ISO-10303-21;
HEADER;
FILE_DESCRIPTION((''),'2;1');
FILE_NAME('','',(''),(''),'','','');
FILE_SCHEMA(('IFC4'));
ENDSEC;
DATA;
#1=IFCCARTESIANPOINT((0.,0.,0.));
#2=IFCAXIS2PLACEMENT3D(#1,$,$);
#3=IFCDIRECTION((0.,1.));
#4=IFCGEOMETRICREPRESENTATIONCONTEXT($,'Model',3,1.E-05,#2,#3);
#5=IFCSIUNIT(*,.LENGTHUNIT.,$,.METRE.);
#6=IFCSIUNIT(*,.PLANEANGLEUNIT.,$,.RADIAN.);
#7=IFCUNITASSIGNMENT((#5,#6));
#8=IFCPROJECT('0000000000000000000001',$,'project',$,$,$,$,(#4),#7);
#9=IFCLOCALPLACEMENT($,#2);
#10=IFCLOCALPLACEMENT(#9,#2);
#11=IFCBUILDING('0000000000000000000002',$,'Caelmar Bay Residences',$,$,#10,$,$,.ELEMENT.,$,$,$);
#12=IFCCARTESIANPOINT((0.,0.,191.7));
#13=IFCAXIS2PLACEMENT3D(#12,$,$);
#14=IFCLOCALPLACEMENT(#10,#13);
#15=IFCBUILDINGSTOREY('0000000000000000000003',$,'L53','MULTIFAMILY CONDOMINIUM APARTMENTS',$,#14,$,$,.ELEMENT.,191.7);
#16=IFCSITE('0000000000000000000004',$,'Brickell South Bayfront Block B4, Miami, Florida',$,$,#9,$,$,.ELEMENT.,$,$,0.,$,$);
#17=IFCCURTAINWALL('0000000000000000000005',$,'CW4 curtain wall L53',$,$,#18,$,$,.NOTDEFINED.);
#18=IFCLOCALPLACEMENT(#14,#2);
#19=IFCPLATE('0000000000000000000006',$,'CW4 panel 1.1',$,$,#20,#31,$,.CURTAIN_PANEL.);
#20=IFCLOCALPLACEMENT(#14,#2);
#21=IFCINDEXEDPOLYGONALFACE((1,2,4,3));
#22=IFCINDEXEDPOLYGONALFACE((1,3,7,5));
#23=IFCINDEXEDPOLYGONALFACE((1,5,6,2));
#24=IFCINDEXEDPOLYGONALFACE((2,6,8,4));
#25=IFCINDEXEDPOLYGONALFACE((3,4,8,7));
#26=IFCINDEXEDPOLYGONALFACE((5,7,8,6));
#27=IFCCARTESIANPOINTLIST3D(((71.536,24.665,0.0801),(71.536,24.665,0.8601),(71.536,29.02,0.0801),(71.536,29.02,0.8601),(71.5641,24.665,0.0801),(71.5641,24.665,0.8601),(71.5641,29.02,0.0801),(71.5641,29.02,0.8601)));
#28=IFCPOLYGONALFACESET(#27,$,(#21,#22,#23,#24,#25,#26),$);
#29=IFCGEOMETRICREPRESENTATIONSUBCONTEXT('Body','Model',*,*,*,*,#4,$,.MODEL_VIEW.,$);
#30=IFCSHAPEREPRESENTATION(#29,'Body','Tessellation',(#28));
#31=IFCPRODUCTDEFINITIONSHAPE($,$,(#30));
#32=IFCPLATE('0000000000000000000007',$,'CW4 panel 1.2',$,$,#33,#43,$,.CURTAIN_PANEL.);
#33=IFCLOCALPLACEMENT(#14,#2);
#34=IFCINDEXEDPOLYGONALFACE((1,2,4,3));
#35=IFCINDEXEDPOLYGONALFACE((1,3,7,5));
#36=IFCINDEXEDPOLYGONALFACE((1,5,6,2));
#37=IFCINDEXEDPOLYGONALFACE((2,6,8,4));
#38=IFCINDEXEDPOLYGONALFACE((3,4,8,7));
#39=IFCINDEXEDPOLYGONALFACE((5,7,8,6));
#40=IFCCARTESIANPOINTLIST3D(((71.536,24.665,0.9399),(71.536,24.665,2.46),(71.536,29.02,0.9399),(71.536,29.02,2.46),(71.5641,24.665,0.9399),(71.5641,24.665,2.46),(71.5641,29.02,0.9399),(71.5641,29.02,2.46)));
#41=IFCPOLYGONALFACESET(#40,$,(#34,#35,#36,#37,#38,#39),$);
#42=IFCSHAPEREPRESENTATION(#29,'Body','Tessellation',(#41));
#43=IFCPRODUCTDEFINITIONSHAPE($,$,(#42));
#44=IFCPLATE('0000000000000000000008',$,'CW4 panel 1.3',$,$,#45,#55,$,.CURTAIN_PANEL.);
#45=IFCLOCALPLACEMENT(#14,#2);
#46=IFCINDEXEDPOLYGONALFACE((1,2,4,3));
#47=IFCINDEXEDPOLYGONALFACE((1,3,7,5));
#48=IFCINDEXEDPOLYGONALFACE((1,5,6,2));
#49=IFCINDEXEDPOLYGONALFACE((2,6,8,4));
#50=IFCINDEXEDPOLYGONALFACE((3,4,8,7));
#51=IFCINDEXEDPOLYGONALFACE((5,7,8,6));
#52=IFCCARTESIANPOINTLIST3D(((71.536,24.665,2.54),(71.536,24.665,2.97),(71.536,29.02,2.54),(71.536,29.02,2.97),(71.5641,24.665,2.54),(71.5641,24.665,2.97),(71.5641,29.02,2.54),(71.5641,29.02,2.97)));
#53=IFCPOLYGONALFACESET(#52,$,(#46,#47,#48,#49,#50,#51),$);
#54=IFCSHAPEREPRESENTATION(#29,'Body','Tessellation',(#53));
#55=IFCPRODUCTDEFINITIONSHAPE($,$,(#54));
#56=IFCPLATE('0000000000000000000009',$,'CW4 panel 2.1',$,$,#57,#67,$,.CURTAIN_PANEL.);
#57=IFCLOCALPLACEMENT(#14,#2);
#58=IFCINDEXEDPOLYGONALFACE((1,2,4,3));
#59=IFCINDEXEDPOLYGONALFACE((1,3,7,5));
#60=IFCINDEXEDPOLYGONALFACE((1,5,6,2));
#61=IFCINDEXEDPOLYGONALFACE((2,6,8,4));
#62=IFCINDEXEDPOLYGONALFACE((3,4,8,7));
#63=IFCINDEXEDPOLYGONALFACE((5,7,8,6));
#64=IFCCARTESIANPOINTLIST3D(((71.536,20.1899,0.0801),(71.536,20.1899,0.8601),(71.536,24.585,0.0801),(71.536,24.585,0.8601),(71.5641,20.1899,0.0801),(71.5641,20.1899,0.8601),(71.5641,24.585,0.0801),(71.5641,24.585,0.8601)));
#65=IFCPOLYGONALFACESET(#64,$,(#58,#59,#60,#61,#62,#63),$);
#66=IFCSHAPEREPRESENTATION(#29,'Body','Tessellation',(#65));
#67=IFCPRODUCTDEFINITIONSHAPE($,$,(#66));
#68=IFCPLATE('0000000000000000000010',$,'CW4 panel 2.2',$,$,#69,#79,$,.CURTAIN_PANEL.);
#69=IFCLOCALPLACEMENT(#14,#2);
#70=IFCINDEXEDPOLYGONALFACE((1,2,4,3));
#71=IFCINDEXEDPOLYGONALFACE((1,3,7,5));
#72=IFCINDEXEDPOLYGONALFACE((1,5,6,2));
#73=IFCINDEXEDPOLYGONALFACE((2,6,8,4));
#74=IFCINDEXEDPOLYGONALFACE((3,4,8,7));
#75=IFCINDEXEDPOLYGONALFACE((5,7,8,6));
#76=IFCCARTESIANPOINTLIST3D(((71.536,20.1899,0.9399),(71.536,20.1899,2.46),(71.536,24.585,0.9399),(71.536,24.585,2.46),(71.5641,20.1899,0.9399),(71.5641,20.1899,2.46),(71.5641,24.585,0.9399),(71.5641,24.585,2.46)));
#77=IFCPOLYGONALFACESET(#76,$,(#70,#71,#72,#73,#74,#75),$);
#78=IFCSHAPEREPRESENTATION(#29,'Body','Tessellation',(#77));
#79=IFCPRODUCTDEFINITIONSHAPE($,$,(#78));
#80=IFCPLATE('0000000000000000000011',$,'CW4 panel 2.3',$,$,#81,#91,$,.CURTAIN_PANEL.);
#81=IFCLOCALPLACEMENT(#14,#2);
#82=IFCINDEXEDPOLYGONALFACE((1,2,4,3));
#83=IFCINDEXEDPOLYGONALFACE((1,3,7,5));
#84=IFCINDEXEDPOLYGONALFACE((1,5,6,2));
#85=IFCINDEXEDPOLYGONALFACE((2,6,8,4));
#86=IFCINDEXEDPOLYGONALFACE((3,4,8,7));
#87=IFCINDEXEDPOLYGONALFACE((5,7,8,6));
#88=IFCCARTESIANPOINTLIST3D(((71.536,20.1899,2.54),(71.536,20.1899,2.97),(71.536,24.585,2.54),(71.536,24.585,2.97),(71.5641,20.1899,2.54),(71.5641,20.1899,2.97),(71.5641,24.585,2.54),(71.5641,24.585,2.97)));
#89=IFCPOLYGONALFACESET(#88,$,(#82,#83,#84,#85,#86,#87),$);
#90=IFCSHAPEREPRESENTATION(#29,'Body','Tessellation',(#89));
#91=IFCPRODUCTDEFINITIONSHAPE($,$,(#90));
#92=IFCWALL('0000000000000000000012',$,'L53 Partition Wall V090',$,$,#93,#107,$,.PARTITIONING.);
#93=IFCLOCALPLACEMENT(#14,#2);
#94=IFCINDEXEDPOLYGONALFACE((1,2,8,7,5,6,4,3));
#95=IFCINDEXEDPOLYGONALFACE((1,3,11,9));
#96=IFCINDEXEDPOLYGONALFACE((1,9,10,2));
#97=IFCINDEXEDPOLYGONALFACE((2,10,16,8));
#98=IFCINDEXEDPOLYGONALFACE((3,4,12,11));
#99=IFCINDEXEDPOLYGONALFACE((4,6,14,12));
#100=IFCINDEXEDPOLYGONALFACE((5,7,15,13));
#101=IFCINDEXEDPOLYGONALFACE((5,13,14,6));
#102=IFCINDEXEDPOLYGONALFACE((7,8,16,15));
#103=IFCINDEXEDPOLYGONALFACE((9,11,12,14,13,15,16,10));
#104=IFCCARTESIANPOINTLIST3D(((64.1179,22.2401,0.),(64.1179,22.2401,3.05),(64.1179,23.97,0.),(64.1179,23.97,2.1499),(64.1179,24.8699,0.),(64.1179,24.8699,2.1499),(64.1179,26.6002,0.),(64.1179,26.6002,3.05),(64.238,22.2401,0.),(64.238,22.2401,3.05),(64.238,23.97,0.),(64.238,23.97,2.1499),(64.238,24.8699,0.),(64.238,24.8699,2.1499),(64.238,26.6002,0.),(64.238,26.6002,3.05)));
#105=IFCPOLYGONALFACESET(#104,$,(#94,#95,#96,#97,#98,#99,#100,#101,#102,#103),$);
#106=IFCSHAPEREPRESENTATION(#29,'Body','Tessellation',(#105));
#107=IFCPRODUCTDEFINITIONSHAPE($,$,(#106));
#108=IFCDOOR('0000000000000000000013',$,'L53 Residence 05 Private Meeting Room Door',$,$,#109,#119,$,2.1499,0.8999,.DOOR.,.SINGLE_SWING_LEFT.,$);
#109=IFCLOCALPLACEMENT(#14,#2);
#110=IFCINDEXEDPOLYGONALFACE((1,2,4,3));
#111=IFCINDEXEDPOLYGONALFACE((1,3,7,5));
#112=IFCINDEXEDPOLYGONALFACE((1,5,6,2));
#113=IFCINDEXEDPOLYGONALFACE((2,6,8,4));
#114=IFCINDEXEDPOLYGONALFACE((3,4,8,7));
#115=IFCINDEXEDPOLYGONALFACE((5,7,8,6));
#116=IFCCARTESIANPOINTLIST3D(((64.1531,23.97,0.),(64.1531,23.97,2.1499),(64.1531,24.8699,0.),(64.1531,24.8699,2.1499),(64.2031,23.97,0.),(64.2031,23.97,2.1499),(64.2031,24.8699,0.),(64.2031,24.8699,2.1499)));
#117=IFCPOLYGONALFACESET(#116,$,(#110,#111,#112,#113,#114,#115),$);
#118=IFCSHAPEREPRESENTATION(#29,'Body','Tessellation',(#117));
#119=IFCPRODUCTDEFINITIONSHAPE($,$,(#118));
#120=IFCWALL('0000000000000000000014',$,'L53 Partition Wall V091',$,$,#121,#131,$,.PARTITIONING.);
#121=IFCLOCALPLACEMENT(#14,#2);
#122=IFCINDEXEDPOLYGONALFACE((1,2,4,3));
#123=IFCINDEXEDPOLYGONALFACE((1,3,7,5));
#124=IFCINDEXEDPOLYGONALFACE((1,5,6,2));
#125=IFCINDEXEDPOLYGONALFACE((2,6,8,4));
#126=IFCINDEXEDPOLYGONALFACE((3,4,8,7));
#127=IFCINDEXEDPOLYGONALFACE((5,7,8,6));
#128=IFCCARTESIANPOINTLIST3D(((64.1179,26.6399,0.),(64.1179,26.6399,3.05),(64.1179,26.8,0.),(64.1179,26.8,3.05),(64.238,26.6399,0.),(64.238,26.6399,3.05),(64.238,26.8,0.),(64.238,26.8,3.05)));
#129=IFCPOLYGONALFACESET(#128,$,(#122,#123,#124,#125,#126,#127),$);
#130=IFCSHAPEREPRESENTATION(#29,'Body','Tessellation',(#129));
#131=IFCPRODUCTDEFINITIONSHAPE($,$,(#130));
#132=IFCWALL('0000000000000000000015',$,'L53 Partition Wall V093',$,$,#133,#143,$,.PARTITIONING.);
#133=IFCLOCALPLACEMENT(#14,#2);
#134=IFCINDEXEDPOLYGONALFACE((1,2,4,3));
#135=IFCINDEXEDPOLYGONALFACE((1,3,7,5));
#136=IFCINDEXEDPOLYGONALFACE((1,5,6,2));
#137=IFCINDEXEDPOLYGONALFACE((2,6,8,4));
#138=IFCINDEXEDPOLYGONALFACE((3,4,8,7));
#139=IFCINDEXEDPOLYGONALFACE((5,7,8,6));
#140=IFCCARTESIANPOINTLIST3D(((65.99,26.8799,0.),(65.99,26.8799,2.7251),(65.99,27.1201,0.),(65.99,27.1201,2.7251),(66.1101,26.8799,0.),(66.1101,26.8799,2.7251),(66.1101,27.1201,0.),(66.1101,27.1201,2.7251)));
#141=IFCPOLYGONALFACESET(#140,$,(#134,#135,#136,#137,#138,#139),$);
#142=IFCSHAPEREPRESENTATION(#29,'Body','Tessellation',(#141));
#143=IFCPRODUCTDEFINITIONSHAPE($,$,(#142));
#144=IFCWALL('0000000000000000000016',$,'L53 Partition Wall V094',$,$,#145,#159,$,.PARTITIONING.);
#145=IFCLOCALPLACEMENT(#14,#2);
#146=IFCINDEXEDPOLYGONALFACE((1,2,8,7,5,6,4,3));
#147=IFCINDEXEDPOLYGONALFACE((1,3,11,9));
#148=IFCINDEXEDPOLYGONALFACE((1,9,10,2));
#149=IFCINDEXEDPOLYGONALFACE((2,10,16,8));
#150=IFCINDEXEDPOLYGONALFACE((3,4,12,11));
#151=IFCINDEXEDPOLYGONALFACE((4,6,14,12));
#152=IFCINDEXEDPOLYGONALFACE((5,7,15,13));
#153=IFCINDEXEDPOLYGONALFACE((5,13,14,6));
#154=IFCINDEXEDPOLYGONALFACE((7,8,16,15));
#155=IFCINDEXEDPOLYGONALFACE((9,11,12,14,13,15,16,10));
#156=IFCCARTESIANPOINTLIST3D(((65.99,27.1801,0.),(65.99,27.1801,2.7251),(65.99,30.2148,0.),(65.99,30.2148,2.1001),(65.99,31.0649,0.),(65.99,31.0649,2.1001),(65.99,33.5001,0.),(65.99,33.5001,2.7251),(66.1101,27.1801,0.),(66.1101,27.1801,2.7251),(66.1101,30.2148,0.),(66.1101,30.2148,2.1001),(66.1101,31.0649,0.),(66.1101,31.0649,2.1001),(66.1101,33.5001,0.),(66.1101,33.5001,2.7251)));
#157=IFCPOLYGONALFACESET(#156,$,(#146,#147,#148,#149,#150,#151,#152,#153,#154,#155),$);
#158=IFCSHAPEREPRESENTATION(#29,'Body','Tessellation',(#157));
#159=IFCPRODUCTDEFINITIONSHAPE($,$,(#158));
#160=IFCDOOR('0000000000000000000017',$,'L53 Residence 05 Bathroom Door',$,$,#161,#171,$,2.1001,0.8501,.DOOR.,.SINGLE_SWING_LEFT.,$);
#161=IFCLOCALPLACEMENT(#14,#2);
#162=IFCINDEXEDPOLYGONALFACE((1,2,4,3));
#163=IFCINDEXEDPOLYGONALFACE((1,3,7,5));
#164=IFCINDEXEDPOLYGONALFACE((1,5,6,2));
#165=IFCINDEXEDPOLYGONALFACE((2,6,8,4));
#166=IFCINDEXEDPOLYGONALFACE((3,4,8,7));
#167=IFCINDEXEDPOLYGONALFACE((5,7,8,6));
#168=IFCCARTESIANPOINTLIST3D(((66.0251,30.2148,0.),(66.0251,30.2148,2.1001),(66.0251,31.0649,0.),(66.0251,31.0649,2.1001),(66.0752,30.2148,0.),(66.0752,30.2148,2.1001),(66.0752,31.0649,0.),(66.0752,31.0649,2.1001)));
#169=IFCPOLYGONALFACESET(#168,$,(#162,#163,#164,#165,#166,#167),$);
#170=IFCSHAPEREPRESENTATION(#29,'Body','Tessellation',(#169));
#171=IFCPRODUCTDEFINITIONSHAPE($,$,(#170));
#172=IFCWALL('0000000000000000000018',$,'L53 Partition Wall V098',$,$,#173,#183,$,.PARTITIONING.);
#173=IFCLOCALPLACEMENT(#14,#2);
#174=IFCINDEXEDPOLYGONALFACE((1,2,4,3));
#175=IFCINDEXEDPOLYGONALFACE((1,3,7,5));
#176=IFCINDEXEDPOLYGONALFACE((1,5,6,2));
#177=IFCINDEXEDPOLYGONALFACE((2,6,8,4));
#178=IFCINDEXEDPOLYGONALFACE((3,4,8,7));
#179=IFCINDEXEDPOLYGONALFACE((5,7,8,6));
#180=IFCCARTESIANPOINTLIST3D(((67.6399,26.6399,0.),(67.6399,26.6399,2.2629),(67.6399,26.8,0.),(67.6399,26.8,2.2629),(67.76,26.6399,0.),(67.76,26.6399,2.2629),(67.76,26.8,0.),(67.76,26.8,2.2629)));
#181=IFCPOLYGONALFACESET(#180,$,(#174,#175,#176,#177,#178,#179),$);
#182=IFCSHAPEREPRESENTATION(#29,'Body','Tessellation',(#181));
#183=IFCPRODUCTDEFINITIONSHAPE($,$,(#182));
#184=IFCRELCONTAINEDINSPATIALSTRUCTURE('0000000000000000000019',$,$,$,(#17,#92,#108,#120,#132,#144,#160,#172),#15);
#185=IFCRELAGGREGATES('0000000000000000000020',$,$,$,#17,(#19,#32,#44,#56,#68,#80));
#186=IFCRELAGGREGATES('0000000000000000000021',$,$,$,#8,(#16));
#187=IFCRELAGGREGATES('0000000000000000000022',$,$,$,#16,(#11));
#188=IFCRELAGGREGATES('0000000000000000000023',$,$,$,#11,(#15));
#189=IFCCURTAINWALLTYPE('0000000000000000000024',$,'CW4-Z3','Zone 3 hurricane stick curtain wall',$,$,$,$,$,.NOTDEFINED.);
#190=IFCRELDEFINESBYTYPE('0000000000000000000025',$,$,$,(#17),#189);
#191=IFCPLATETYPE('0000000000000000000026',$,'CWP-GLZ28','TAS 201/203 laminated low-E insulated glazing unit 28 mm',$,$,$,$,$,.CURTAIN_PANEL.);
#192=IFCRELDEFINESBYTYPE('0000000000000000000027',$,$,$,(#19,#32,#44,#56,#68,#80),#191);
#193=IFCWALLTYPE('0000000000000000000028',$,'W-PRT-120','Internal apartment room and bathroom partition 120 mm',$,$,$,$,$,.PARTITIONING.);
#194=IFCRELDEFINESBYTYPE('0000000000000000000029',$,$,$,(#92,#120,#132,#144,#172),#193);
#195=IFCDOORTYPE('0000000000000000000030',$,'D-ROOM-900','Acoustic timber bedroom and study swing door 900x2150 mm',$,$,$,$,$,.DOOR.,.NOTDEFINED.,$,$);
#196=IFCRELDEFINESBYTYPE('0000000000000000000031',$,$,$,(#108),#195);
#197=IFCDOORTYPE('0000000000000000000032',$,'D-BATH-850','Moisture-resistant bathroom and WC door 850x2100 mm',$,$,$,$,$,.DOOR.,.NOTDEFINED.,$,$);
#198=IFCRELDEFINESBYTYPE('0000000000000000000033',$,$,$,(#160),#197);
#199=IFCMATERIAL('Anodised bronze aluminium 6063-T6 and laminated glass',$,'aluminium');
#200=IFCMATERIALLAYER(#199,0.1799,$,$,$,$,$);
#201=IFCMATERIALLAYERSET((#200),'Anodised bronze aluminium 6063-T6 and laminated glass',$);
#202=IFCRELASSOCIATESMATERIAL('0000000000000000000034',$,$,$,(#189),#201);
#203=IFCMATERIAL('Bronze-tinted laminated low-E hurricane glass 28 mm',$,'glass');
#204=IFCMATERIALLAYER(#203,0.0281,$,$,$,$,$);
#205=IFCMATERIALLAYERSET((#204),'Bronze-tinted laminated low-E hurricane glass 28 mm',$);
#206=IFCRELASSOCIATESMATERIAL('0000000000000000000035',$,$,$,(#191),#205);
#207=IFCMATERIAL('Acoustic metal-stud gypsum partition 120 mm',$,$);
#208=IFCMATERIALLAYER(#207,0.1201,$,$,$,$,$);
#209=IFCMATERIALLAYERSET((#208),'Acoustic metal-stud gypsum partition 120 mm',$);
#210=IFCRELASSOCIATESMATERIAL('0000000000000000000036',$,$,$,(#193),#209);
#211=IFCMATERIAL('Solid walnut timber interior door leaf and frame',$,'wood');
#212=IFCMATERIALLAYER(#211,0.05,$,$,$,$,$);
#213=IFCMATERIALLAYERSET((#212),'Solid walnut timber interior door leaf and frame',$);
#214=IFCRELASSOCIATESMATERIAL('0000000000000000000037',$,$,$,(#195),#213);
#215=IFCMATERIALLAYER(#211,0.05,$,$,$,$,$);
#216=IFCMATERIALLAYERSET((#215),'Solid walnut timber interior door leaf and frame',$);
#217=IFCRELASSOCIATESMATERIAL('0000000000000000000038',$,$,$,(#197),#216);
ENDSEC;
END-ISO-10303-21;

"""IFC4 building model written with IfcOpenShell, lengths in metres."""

from ifc_helpers import new_model, si_unit, direction, frame, frame_2d, origin, origin_2d, place, context, subcontext, project, spatial, rectangle, extrude, material, layer, layer_set, type_object, element, fill, aggregate, save


model = new_model("IFC4")

# Units and contexts
model_context = context("Model", 3, precision=1e-05, world=origin(), true_north=direction((0.0, 1.0)))
body_context = subcontext(model_context, "Body", "Model", "MODEL_VIEW")
ifc_project = project(units=[si_unit("LENGTHUNIT", "METRE"), si_unit("PLANEANGLEUNIT", "RADIAN")], contexts=[model_context])

# Site, building, storey
site_placement = place(None, origin())
site = spatial("IfcSite", under=ifc_project, at=site_placement, Name="Brickell South Bayfront Block B4, Miami, Florida", CompositionType="ELEMENT", RefElevation=0.0)
building_placement = place(site_placement, origin())
building = spatial("IfcBuilding", under=site, at=building_placement, Name="Caelmar Bay Residences", CompositionType="ELEMENT")
storey_placement = place(building_placement, frame((0.0, 0.0, 191.7)))
storey = spatial("IfcBuildingStorey", under=building, at=storey_placement, Name="L53", Description="MULTIFAMILY CONDOMINIUM APARTMENTS", CompositionType="ELEMENT", Elevation=191.7)

# Curtain wall, plates
ifc_material_1 = material(Name="Anodised bronze aluminium 6063-T6 and laminated glass", Category="aluminium")
ifc_layer_1 = layer(ifc_material_1, 0.1799)
ifc_layer_set_1 = layer_set([ifc_layer_1], Name="Anodised bronze aluminium 6063-T6 and laminated glass")
curtain_wall_type = type_object("IfcCurtainWallType", Name="CW4-Z3", Description="Zone 3 hurricane stick curtain wall", PredefinedType="NOTDEFINED", material=ifc_layer_set_1)
curtain_wall_placement = place(storey_placement, origin())
curtain_wall = element("IfcCurtainWall", 1, at=curtain_wall_placement, inside=storey, type_object=curtain_wall_type, Name="CW4 curtain wall L53", PredefinedType="NOTDEFINED")
ifc_material_2 = material(Name="Bronze-tinted laminated low-E hurricane glass 28 mm", Category="glass")
ifc_layer_2 = layer(ifc_material_2, 0.0281)
ifc_layer_set_2 = layer_set([ifc_layer_2], Name="Bronze-tinted laminated low-E hurricane glass 28 mm")
plate_type = type_object("IfcPlateType", Name="CWP-GLZ28", Description="TAS 201/203 laminated low-E insulated glazing unit 28 mm", PredefinedType="CURTAIN_PANEL", material=ifc_layer_set_2)
plate_1_placement = place(storey_placement, frame((71.55, 26.8425, 0.0801), z_axis=(0.0, 0.0, 1.0), x_axis=(0.0, -1.0, 0.0)))
plate_1 = element("IfcPlate", 2, at=plate_1_placement, type_object=plate_type, Name="CW4 panel 1.1", PredefinedType="CURTAIN_PANEL", context=body_context, shape_type="SweptSolid", body=[
    extrude(rectangle(XDim=4.355, YDim=0.0281, at=origin_2d()), origin(), (0.0, 0.0, 1.0), 0.78),
])
plate_2_placement = place(storey_placement, frame((71.55, 26.8425, 0.9399), z_axis=(0.0, 0.0, 1.0), x_axis=(0.0, -1.0, 0.0)))
plate_2 = element("IfcPlate", 3, at=plate_2_placement, type_object=plate_type, Name="CW4 panel 1.2", PredefinedType="CURTAIN_PANEL", context=body_context, shape_type="SweptSolid", body=[
    extrude(rectangle(XDim=4.355, YDim=0.0281, at=origin_2d()), origin(), (0.0, 0.0, 1.0), 1.52),
])
plate_3_placement = place(storey_placement, frame((71.55, 26.8425, 2.54), z_axis=(0.0, 0.0, 1.0), x_axis=(0.0, -1.0, 0.0)))
plate_3 = element("IfcPlate", 4, at=plate_3_placement, type_object=plate_type, Name="CW4 panel 1.3", PredefinedType="CURTAIN_PANEL", context=body_context, shape_type="SweptSolid", body=[
    extrude(rectangle(XDim=4.355, YDim=0.0281, at=origin_2d()), origin(), (0.0, 0.0, 1.0), 0.4299),
])
plate_4_placement = place(storey_placement, frame((71.55, 22.3875, 0.0801), z_axis=(0.0, 0.0, 1.0), x_axis=(0.0, -1.0, 0.0)))
plate_4 = element("IfcPlate", 5, at=plate_4_placement, type_object=plate_type, Name="CW4 panel 2.1", PredefinedType="CURTAIN_PANEL", context=body_context, shape_type="SweptSolid", body=[
    extrude(rectangle(XDim=4.395, YDim=0.0281, at=origin_2d()), origin(), (0.0, 0.0, 1.0), 0.78),
])
plate_5_placement = place(storey_placement, frame((71.55, 22.3875, 0.9399), z_axis=(0.0, 0.0, 1.0), x_axis=(0.0, -1.0, 0.0)))
plate_5 = element("IfcPlate", 6, at=plate_5_placement, type_object=plate_type, Name="CW4 panel 2.2", PredefinedType="CURTAIN_PANEL", context=body_context, shape_type="SweptSolid", body=[
    extrude(rectangle(XDim=4.395, YDim=0.0281, at=origin_2d()), origin(), (0.0, 0.0, 1.0), 1.52),
])
plate_6_placement = place(storey_placement, frame((71.55, 22.3875, 2.54), z_axis=(0.0, 0.0, 1.0), x_axis=(0.0, -1.0, 0.0)))
plate_6 = element("IfcPlate", 7, at=plate_6_placement, type_object=plate_type, Name="CW4 panel 2.3", PredefinedType="CURTAIN_PANEL", context=body_context, shape_type="SweptSolid", body=[
    extrude(rectangle(XDim=4.395, YDim=0.0281, at=origin_2d()), origin(), (0.0, 0.0, 1.0), 0.4299),
])
aggregate(curtain_wall, [plate_1, plate_2, plate_3, plate_4, plate_5, plate_6])

# Wall, opening, door
ifc_material_3 = material(Name="Acoustic metal-stud gypsum partition 120 mm")
ifc_layer_3 = layer(ifc_material_3, 0.1201)
ifc_layer_set_3 = layer_set([ifc_layer_3], Name="Acoustic metal-stud gypsum partition 120 mm")
wall_type = type_object("IfcWallType", Name="W-PRT-120", Description="Internal apartment room and bathroom partition 120 mm", PredefinedType="PARTITIONING", material=ifc_layer_set_3)
wall_1_placement = place(storey_placement, frame((64.178, 22.24, 0.0), z_axis=(0.0, 0.0, 1.0), x_axis=(0.0, 1.0, 0.0)))
wall_1 = element("IfcWall", 8, at=wall_1_placement, inside=storey, type_object=wall_type, Name="L53 Partition Wall V090", PredefinedType="PARTITIONING", context=body_context, shape_type="SweptSolid", body=[
    extrude(rectangle(XDim=4.3601, YDim=0.1201, at=frame_2d((2.1802, 0.0))), origin(), (0.0, 0.0, 1.0), 3.05),
])
opening_1_placement = place(wall_1_placement, frame((1.73, 0.0, 0.0)))
opening_1 = element("IfcOpeningElement", 9, at=opening_1_placement, cuts=wall_1, PredefinedType="OPENING", context=body_context, shape_type="SweptSolid", body=[
    extrude(rectangle(XDim=0.8999, YDim=2.1499, at=frame_2d((0.45, 1.075))), frame((0.0, 0.0701, 0.0), z_axis=(0.0, -1.0, 0.0), x_axis=(1.0, 0.0, 0.0)), (0.0, 0.0, 1.0), 0.1401),
])
ifc_material_4 = material(Name="Solid walnut timber interior door leaf and frame", Category="wood")
ifc_layer_4 = layer(ifc_material_4, 0.05)
ifc_layer_set_4 = layer_set([ifc_layer_4], Name="Solid walnut timber interior door leaf and frame")
door_type_1 = type_object("IfcDoorType", Name="D-ROOM-900", Description="Acoustic timber bedroom and study swing door 900x2150 mm", OperationType="NOTDEFINED", PredefinedType="DOOR", material=ifc_layer_set_4)
door_1_placement = place(opening_1_placement, origin())
door_1 = element("IfcDoor", 10, at=door_1_placement, inside=storey, type_object=door_type_1, Name="L53 Residence 05 Private Meeting Room Door", OperationType="SINGLE_SWING_LEFT", OverallHeight=2.1499, OverallWidth=0.8999, PredefinedType="DOOR", context=body_context, shape_type="SweptSolid", body=[
    extrude(rectangle(XDim=0.8999, YDim=2.1499, at=frame_2d((0.45, 1.075))), frame((0.0, 0.0249, 0.0), z_axis=(0.0, -1.0, 0.0), x_axis=(1.0, 0.0, 0.0)), (0.0, 0.0, 1.0), 0.05),
])
fill(opening_1, door_1)

# Walls
wall_2_placement = place(storey_placement, frame((64.178, 26.6399, 0.0), z_axis=(0.0, 0.0, 1.0), x_axis=(0.0, 1.0, 0.0)))
element("IfcWall", 11, at=wall_2_placement, inside=storey, type_object=wall_type, Name="L53 Partition Wall V091", PredefinedType="PARTITIONING", context=body_context, shape_type="SweptSolid", body=[
    extrude(rectangle(XDim=0.1602, YDim=0.1201, at=frame_2d((0.0801, 0.0))), origin(), (0.0, 0.0, 1.0), 3.05),
])
wall_3_placement = place(storey_placement, frame((66.05, 26.8799, 0.0), z_axis=(0.0, 0.0, 1.0), x_axis=(0.0, 1.0, 0.0)))
element("IfcWall", 12, at=wall_3_placement, inside=storey, type_object=wall_type, Name="L53 Partition Wall V093", PredefinedType="PARTITIONING", context=body_context, shape_type="SweptSolid", body=[
    extrude(rectangle(XDim=0.2402, YDim=0.1201, at=frame_2d((0.1201, 0.0))), origin(), (0.0, 0.0, 1.0), 2.7251),
])

# Wall, opening, door
wall_4_placement = place(storey_placement, frame((66.05, 27.1799, 0.0), z_axis=(0.0, 0.0, 1.0), x_axis=(0.0, 1.0, 0.0)))
wall_4 = element("IfcWall", 13, at=wall_4_placement, inside=storey, type_object=wall_type, Name="L53 Partition Wall V094", PredefinedType="PARTITIONING", context=body_context, shape_type="SweptSolid", body=[
    extrude(rectangle(XDim=6.3201, YDim=0.1201, at=frame_2d((3.1602, 0.0))), origin(), (0.0, 0.0, 1.0), 2.7251),
])
opening_2_placement = place(wall_4_placement, frame((3.0349, 0.0, 0.0)))
opening_2 = element("IfcOpeningElement", 14, at=opening_2_placement, cuts=wall_4, PredefinedType="OPENING", context=body_context, shape_type="SweptSolid", body=[
    extrude(rectangle(XDim=0.8501, YDim=2.1001, at=frame_2d((0.425, 1.05))), frame((0.0, 0.0701, 0.0), z_axis=(0.0, -1.0, 0.0), x_axis=(1.0, 0.0, 0.0)), (0.0, 0.0, 1.0), 0.1401),
])
ifc_layer_5 = layer(ifc_material_4, 0.05)
ifc_layer_set_5 = layer_set([ifc_layer_5], Name="Solid walnut timber interior door leaf and frame")
door_type_2 = type_object("IfcDoorType", Name="D-BATH-850", Description="Moisture-resistant bathroom and WC door 850x2100 mm", OperationType="NOTDEFINED", PredefinedType="DOOR", material=ifc_layer_set_5)
door_2_placement = place(opening_2_placement, origin())
door_2 = element("IfcDoor", 15, at=door_2_placement, inside=storey, type_object=door_type_2, Name="L53 Residence 05 Bathroom Door", OperationType="SINGLE_SWING_LEFT", OverallHeight=2.1001, OverallWidth=0.8501, PredefinedType="DOOR", context=body_context, shape_type="SweptSolid", body=[
    extrude(rectangle(XDim=0.8501, YDim=2.1001, at=frame_2d((0.425, 1.05))), frame((0.0, 0.0249, 0.0), z_axis=(0.0, -1.0, 0.0), x_axis=(1.0, 0.0, 0.0)), (0.0, 0.0, 1.0), 0.05),
])
fill(opening_2, door_2)

# Wall
wall_5_placement = place(storey_placement, frame((67.7, 26.6399, 0.0), z_axis=(0.0, 0.0, 1.0), x_axis=(0.0, 1.0, 0.0)))
element("IfcWall", 16, at=wall_5_placement, inside=storey, type_object=wall_type, Name="L53 Partition Wall V098", PredefinedType="PARTITIONING", context=body_context, shape_type="SweptSolid", body=[
    extrude(rectangle(XDim=0.1602, YDim=0.1201, at=frame_2d((0.0801, 0.0))), origin(), (0.0, 0.0, 1.0), 2.2629),
])

save(model, "model.ifc")
